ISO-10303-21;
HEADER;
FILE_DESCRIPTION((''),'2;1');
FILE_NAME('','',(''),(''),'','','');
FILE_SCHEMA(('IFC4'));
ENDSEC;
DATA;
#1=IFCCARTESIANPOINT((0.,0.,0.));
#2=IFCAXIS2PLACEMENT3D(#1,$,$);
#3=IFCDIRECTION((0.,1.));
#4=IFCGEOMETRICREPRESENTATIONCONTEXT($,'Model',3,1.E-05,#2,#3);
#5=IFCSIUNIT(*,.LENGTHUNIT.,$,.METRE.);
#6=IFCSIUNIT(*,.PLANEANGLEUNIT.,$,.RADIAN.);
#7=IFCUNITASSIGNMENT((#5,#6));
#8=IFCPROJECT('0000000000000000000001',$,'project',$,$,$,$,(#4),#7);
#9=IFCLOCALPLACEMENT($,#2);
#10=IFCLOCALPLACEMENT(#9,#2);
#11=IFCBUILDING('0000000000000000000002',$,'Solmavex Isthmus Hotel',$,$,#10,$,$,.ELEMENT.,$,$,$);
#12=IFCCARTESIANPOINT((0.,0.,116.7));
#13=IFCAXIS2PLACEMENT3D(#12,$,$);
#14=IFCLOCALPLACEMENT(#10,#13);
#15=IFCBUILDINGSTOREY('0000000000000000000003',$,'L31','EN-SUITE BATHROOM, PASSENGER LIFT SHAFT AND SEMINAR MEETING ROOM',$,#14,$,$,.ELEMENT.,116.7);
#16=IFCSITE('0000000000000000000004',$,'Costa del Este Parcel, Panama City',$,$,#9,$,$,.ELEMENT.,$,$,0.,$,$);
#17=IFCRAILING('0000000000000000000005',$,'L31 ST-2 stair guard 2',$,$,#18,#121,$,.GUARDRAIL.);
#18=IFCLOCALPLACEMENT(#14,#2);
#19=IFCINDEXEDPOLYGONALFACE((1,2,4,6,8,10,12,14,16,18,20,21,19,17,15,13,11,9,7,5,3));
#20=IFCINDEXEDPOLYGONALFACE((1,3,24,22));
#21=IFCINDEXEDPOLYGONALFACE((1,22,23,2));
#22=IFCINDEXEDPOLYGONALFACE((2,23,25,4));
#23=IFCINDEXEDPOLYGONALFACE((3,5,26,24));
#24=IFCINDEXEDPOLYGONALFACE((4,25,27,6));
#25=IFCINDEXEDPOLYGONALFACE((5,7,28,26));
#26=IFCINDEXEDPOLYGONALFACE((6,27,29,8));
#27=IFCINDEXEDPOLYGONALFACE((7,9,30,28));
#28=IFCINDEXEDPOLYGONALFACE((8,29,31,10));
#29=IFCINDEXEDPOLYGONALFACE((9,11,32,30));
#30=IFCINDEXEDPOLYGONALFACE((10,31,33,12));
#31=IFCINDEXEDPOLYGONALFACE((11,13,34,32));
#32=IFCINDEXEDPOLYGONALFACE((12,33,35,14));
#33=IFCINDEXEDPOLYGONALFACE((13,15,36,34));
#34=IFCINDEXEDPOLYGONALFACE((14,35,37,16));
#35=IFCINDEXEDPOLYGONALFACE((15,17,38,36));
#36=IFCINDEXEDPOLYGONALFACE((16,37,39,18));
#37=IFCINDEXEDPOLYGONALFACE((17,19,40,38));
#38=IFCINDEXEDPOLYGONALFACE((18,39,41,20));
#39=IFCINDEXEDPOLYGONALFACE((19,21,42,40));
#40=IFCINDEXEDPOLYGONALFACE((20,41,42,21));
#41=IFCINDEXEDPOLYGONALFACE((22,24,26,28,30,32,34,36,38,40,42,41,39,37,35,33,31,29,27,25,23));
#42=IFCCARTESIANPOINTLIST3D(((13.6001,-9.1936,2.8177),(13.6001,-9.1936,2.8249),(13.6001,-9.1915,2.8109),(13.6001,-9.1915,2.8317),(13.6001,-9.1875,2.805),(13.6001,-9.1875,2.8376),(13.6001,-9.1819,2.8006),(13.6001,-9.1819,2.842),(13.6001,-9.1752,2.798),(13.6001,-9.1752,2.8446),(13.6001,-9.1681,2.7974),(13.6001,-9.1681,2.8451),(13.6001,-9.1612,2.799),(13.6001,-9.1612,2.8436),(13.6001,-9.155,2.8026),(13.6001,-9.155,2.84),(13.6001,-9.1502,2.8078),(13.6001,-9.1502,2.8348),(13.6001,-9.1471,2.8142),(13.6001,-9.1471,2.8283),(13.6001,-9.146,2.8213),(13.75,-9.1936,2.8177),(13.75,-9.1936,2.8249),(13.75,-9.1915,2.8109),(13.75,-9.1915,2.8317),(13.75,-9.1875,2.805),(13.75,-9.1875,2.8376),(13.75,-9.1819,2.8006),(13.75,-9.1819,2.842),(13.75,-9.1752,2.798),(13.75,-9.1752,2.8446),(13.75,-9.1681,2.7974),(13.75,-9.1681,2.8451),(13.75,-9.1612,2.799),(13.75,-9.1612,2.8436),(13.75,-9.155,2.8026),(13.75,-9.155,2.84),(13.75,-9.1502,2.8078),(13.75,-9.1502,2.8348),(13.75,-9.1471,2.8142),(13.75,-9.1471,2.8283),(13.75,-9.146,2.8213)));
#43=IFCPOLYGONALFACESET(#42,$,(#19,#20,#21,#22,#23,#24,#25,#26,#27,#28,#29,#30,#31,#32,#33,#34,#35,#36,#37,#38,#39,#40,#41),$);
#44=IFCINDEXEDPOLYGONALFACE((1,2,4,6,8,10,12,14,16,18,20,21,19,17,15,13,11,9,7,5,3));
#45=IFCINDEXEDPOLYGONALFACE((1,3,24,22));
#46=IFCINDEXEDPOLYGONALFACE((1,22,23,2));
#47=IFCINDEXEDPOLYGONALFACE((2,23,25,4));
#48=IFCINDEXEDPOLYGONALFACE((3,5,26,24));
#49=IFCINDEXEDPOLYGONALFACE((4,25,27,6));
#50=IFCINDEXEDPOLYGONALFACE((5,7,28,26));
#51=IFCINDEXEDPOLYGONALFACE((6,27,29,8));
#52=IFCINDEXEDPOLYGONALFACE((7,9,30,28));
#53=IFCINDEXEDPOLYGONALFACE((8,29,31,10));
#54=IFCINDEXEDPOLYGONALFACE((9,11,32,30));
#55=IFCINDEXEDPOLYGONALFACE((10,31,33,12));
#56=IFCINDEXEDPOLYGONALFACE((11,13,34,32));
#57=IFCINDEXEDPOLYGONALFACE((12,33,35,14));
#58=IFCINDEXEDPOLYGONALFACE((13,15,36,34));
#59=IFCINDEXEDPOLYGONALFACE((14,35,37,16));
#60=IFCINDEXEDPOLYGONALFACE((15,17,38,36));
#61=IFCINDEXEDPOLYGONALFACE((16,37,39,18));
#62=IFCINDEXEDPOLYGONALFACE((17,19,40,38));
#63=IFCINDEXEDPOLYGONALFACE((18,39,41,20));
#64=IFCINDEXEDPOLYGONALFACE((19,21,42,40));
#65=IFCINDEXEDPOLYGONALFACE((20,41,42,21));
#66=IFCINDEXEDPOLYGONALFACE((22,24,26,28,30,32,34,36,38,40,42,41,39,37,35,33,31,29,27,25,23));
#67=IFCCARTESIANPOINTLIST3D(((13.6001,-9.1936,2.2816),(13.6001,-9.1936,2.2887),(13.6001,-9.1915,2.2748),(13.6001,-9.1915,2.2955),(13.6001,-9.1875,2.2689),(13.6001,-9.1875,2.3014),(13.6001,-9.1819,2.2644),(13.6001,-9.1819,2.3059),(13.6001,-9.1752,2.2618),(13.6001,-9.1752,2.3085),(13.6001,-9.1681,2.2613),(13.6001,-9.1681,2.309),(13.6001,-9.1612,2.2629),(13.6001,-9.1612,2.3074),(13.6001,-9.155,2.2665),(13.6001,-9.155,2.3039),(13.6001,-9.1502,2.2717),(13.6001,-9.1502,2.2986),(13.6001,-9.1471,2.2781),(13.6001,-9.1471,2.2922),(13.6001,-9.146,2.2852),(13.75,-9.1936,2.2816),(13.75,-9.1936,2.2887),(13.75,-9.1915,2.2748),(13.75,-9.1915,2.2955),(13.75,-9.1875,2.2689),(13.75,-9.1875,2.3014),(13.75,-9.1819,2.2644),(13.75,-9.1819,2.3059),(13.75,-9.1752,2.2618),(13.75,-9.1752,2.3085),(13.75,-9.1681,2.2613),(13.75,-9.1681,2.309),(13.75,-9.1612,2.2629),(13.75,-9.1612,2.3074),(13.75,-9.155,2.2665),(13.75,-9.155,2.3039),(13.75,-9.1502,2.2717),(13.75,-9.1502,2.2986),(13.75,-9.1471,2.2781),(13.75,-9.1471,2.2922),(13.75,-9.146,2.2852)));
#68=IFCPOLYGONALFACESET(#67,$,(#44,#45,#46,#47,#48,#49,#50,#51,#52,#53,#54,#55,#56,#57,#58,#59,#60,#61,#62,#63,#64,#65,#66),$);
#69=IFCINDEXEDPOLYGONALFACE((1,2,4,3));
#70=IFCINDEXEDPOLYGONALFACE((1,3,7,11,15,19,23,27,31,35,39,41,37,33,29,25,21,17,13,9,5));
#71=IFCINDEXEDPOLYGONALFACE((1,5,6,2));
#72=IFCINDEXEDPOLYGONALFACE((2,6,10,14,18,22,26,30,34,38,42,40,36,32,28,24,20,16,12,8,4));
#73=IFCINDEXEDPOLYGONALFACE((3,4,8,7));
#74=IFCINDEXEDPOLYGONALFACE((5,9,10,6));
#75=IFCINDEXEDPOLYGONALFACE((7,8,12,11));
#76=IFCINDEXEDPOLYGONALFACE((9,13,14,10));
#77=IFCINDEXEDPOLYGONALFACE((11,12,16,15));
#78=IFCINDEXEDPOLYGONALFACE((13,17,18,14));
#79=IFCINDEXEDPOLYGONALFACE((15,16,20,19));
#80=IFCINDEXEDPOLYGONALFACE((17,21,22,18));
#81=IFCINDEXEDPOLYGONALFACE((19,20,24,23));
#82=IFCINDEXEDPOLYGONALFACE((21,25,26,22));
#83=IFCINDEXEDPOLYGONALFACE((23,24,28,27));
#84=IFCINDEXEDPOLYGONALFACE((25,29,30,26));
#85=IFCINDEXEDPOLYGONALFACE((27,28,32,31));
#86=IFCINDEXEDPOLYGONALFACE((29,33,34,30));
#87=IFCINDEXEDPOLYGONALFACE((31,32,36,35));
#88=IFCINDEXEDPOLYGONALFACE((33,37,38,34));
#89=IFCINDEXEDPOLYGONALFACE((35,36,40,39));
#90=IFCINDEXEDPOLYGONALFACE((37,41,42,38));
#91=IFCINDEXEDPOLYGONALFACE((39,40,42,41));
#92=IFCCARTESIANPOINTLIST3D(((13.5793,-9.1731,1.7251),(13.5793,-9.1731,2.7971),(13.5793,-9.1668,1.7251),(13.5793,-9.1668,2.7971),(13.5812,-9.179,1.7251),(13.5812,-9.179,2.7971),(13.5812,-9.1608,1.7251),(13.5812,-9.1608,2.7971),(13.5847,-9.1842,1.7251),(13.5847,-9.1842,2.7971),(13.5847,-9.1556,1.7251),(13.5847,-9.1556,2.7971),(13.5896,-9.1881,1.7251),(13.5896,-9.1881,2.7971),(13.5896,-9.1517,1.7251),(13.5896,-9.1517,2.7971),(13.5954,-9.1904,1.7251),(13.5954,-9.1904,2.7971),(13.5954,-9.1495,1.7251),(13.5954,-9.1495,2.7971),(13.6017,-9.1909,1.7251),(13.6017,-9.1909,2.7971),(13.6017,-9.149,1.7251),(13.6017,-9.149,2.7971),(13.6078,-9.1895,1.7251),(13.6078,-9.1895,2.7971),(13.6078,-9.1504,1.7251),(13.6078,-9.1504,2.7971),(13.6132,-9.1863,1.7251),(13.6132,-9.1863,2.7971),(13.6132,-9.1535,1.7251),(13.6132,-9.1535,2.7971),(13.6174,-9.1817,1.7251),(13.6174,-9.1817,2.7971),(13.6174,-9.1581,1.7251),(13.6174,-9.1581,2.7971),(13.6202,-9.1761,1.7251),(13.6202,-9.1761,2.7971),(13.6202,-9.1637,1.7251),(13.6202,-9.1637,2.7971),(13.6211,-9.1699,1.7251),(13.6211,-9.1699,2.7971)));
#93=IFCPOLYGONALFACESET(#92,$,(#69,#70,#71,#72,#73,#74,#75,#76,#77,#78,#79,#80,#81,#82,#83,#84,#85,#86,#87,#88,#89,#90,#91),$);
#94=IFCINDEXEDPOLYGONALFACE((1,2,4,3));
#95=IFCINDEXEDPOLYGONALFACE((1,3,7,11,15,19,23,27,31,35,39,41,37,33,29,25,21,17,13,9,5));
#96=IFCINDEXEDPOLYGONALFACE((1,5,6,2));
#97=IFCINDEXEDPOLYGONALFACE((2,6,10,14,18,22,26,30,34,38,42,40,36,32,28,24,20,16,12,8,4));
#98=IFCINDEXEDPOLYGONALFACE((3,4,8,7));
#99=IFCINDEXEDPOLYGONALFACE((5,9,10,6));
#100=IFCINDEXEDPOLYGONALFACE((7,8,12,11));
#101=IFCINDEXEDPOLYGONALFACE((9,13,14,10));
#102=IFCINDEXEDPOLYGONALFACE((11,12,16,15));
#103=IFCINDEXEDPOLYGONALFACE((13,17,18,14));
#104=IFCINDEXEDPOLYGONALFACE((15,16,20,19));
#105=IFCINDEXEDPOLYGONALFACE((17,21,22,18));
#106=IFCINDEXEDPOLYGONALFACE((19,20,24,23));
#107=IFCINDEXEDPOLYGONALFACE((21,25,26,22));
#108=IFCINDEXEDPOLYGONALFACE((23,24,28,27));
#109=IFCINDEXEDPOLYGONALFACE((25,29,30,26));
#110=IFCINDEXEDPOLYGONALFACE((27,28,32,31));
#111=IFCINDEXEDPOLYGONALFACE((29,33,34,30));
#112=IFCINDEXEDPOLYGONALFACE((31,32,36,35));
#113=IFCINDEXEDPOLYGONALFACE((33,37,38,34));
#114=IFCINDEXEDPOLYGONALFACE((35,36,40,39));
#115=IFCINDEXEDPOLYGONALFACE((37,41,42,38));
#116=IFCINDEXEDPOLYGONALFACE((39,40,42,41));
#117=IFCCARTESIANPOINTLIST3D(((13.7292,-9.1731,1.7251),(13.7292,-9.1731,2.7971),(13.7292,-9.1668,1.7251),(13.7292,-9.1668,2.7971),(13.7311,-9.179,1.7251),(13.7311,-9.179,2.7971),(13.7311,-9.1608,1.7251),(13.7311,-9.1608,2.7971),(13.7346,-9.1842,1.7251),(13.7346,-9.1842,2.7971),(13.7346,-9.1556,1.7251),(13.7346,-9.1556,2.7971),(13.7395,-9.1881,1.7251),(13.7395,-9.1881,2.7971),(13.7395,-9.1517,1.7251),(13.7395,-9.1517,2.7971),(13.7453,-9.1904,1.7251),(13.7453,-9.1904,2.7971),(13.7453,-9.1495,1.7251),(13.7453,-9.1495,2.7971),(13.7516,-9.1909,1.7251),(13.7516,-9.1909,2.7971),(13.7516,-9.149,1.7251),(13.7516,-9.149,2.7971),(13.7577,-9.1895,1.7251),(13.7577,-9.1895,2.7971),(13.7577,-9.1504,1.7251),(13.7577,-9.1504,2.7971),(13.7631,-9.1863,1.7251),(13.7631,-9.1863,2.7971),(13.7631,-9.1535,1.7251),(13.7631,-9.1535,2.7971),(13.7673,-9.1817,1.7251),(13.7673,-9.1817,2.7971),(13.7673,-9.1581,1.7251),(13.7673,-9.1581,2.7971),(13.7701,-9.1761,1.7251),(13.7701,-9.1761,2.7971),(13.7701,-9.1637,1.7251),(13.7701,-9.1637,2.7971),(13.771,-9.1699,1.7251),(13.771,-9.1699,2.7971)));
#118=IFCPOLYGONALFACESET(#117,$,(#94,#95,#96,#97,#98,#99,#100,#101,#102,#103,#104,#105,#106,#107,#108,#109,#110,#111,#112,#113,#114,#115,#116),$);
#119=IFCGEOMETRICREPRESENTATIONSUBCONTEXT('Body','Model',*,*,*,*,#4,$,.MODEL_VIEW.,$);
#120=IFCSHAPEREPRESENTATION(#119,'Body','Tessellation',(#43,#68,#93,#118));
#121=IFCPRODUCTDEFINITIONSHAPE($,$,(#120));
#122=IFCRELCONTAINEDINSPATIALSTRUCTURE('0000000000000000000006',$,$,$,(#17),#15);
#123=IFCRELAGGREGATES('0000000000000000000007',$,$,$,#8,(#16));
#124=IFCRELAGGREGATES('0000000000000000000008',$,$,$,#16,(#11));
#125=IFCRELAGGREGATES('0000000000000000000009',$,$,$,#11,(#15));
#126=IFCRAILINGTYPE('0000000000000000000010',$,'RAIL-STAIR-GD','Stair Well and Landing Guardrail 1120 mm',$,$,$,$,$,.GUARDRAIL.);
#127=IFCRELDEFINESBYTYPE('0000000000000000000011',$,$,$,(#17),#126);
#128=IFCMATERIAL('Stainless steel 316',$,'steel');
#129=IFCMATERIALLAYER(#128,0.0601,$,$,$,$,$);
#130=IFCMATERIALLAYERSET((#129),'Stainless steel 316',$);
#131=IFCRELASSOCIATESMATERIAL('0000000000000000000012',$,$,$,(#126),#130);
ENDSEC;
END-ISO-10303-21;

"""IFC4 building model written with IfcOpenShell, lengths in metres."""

from ifc_helpers import new_model, si_unit, direction, frame, origin, origin_2d, place, context, subcontext, project, spatial, circle, extrude, material, layer, layer_set, type_object, element, save


model = new_model("IFC4")

# Units and contexts
model_context = context("Model", 3, precision=1e-05, world=origin(), true_north=direction((0.0, 1.0)))
body_context = subcontext(model_context, "Body", "Model", "MODEL_VIEW")
ifc_project = project(units=[si_unit("LENGTHUNIT", "METRE"), si_unit("PLANEANGLEUNIT", "RADIAN")], contexts=[model_context])

# Site, building, storey
site_placement = place(None, origin())
site = spatial("IfcSite", under=ifc_project, at=site_placement, Name="Costa del Este Parcel, Panama City", CompositionType="ELEMENT", RefElevation=0.0)
building_placement = place(site_placement, origin())
building = spatial("IfcBuilding", under=site, at=building_placement, Name="Solmavex Isthmus Hotel", CompositionType="ELEMENT")
storey_placement = place(building_placement, frame((0.0, 0.0, 116.7)))
storey = spatial("IfcBuildingStorey", under=building, at=storey_placement, Name="L31", Description="EN-SUITE BATHROOM, PASSENGER LIFT SHAFT AND SEMINAR MEETING ROOM", CompositionType="ELEMENT", Elevation=116.7)

# Railing
ifc_material_1 = material(Name="Stainless steel 316", Category="steel")
ifc_layer_1 = layer(ifc_material_1, 0.0601)
ifc_layer_set_1 = layer_set([ifc_layer_1], Name="Stainless steel 316")
railing_type_1 = type_object("IfcRailingType", Name="RAIL-STAIR-GD", Description="Stair Well and Landing Guardrail 1120 mm", PredefinedType="GUARDRAIL", material=ifc_layer_set_1)
railing_1_placement = place(storey_placement, frame((13.6001, -9.1699, 1.7251)))
element("IfcRailing", 1, at=railing_1_placement, inside=storey, type_object=railing_type_1, Name="L31 ST-2 stair guard 2", PredefinedType="GUARDRAIL", context=body_context, shape_type="SweptSolid", body=[
    extrude(circle(Radius=0.0239, at=origin_2d()), frame((0.0, 0.0, 1.0962), z_axis=(1.0, 0.0, 0.0), x_axis=(0.0, 1.0, 0.0)), (0.0, 0.0, 1.0), 0.1499),
    extrude(circle(Radius=0.0239, at=origin_2d()), frame((0.0, 0.0, 0.5601), z_axis=(1.0, 0.0, 0.0), x_axis=(0.0, 1.0, 0.0)), (0.0, 0.0, 1.0), 0.1499),
    extrude(circle(Radius=0.021, at=origin_2d()), origin(), (0.0, 0.0, 1.0), 1.072),
    extrude(circle(Radius=0.021, at=origin_2d()), frame((0.1499, 0.0, 0.0)), (0.0, 0.0, 1.0), 1.072),
])

save(model, "model.ifc")
